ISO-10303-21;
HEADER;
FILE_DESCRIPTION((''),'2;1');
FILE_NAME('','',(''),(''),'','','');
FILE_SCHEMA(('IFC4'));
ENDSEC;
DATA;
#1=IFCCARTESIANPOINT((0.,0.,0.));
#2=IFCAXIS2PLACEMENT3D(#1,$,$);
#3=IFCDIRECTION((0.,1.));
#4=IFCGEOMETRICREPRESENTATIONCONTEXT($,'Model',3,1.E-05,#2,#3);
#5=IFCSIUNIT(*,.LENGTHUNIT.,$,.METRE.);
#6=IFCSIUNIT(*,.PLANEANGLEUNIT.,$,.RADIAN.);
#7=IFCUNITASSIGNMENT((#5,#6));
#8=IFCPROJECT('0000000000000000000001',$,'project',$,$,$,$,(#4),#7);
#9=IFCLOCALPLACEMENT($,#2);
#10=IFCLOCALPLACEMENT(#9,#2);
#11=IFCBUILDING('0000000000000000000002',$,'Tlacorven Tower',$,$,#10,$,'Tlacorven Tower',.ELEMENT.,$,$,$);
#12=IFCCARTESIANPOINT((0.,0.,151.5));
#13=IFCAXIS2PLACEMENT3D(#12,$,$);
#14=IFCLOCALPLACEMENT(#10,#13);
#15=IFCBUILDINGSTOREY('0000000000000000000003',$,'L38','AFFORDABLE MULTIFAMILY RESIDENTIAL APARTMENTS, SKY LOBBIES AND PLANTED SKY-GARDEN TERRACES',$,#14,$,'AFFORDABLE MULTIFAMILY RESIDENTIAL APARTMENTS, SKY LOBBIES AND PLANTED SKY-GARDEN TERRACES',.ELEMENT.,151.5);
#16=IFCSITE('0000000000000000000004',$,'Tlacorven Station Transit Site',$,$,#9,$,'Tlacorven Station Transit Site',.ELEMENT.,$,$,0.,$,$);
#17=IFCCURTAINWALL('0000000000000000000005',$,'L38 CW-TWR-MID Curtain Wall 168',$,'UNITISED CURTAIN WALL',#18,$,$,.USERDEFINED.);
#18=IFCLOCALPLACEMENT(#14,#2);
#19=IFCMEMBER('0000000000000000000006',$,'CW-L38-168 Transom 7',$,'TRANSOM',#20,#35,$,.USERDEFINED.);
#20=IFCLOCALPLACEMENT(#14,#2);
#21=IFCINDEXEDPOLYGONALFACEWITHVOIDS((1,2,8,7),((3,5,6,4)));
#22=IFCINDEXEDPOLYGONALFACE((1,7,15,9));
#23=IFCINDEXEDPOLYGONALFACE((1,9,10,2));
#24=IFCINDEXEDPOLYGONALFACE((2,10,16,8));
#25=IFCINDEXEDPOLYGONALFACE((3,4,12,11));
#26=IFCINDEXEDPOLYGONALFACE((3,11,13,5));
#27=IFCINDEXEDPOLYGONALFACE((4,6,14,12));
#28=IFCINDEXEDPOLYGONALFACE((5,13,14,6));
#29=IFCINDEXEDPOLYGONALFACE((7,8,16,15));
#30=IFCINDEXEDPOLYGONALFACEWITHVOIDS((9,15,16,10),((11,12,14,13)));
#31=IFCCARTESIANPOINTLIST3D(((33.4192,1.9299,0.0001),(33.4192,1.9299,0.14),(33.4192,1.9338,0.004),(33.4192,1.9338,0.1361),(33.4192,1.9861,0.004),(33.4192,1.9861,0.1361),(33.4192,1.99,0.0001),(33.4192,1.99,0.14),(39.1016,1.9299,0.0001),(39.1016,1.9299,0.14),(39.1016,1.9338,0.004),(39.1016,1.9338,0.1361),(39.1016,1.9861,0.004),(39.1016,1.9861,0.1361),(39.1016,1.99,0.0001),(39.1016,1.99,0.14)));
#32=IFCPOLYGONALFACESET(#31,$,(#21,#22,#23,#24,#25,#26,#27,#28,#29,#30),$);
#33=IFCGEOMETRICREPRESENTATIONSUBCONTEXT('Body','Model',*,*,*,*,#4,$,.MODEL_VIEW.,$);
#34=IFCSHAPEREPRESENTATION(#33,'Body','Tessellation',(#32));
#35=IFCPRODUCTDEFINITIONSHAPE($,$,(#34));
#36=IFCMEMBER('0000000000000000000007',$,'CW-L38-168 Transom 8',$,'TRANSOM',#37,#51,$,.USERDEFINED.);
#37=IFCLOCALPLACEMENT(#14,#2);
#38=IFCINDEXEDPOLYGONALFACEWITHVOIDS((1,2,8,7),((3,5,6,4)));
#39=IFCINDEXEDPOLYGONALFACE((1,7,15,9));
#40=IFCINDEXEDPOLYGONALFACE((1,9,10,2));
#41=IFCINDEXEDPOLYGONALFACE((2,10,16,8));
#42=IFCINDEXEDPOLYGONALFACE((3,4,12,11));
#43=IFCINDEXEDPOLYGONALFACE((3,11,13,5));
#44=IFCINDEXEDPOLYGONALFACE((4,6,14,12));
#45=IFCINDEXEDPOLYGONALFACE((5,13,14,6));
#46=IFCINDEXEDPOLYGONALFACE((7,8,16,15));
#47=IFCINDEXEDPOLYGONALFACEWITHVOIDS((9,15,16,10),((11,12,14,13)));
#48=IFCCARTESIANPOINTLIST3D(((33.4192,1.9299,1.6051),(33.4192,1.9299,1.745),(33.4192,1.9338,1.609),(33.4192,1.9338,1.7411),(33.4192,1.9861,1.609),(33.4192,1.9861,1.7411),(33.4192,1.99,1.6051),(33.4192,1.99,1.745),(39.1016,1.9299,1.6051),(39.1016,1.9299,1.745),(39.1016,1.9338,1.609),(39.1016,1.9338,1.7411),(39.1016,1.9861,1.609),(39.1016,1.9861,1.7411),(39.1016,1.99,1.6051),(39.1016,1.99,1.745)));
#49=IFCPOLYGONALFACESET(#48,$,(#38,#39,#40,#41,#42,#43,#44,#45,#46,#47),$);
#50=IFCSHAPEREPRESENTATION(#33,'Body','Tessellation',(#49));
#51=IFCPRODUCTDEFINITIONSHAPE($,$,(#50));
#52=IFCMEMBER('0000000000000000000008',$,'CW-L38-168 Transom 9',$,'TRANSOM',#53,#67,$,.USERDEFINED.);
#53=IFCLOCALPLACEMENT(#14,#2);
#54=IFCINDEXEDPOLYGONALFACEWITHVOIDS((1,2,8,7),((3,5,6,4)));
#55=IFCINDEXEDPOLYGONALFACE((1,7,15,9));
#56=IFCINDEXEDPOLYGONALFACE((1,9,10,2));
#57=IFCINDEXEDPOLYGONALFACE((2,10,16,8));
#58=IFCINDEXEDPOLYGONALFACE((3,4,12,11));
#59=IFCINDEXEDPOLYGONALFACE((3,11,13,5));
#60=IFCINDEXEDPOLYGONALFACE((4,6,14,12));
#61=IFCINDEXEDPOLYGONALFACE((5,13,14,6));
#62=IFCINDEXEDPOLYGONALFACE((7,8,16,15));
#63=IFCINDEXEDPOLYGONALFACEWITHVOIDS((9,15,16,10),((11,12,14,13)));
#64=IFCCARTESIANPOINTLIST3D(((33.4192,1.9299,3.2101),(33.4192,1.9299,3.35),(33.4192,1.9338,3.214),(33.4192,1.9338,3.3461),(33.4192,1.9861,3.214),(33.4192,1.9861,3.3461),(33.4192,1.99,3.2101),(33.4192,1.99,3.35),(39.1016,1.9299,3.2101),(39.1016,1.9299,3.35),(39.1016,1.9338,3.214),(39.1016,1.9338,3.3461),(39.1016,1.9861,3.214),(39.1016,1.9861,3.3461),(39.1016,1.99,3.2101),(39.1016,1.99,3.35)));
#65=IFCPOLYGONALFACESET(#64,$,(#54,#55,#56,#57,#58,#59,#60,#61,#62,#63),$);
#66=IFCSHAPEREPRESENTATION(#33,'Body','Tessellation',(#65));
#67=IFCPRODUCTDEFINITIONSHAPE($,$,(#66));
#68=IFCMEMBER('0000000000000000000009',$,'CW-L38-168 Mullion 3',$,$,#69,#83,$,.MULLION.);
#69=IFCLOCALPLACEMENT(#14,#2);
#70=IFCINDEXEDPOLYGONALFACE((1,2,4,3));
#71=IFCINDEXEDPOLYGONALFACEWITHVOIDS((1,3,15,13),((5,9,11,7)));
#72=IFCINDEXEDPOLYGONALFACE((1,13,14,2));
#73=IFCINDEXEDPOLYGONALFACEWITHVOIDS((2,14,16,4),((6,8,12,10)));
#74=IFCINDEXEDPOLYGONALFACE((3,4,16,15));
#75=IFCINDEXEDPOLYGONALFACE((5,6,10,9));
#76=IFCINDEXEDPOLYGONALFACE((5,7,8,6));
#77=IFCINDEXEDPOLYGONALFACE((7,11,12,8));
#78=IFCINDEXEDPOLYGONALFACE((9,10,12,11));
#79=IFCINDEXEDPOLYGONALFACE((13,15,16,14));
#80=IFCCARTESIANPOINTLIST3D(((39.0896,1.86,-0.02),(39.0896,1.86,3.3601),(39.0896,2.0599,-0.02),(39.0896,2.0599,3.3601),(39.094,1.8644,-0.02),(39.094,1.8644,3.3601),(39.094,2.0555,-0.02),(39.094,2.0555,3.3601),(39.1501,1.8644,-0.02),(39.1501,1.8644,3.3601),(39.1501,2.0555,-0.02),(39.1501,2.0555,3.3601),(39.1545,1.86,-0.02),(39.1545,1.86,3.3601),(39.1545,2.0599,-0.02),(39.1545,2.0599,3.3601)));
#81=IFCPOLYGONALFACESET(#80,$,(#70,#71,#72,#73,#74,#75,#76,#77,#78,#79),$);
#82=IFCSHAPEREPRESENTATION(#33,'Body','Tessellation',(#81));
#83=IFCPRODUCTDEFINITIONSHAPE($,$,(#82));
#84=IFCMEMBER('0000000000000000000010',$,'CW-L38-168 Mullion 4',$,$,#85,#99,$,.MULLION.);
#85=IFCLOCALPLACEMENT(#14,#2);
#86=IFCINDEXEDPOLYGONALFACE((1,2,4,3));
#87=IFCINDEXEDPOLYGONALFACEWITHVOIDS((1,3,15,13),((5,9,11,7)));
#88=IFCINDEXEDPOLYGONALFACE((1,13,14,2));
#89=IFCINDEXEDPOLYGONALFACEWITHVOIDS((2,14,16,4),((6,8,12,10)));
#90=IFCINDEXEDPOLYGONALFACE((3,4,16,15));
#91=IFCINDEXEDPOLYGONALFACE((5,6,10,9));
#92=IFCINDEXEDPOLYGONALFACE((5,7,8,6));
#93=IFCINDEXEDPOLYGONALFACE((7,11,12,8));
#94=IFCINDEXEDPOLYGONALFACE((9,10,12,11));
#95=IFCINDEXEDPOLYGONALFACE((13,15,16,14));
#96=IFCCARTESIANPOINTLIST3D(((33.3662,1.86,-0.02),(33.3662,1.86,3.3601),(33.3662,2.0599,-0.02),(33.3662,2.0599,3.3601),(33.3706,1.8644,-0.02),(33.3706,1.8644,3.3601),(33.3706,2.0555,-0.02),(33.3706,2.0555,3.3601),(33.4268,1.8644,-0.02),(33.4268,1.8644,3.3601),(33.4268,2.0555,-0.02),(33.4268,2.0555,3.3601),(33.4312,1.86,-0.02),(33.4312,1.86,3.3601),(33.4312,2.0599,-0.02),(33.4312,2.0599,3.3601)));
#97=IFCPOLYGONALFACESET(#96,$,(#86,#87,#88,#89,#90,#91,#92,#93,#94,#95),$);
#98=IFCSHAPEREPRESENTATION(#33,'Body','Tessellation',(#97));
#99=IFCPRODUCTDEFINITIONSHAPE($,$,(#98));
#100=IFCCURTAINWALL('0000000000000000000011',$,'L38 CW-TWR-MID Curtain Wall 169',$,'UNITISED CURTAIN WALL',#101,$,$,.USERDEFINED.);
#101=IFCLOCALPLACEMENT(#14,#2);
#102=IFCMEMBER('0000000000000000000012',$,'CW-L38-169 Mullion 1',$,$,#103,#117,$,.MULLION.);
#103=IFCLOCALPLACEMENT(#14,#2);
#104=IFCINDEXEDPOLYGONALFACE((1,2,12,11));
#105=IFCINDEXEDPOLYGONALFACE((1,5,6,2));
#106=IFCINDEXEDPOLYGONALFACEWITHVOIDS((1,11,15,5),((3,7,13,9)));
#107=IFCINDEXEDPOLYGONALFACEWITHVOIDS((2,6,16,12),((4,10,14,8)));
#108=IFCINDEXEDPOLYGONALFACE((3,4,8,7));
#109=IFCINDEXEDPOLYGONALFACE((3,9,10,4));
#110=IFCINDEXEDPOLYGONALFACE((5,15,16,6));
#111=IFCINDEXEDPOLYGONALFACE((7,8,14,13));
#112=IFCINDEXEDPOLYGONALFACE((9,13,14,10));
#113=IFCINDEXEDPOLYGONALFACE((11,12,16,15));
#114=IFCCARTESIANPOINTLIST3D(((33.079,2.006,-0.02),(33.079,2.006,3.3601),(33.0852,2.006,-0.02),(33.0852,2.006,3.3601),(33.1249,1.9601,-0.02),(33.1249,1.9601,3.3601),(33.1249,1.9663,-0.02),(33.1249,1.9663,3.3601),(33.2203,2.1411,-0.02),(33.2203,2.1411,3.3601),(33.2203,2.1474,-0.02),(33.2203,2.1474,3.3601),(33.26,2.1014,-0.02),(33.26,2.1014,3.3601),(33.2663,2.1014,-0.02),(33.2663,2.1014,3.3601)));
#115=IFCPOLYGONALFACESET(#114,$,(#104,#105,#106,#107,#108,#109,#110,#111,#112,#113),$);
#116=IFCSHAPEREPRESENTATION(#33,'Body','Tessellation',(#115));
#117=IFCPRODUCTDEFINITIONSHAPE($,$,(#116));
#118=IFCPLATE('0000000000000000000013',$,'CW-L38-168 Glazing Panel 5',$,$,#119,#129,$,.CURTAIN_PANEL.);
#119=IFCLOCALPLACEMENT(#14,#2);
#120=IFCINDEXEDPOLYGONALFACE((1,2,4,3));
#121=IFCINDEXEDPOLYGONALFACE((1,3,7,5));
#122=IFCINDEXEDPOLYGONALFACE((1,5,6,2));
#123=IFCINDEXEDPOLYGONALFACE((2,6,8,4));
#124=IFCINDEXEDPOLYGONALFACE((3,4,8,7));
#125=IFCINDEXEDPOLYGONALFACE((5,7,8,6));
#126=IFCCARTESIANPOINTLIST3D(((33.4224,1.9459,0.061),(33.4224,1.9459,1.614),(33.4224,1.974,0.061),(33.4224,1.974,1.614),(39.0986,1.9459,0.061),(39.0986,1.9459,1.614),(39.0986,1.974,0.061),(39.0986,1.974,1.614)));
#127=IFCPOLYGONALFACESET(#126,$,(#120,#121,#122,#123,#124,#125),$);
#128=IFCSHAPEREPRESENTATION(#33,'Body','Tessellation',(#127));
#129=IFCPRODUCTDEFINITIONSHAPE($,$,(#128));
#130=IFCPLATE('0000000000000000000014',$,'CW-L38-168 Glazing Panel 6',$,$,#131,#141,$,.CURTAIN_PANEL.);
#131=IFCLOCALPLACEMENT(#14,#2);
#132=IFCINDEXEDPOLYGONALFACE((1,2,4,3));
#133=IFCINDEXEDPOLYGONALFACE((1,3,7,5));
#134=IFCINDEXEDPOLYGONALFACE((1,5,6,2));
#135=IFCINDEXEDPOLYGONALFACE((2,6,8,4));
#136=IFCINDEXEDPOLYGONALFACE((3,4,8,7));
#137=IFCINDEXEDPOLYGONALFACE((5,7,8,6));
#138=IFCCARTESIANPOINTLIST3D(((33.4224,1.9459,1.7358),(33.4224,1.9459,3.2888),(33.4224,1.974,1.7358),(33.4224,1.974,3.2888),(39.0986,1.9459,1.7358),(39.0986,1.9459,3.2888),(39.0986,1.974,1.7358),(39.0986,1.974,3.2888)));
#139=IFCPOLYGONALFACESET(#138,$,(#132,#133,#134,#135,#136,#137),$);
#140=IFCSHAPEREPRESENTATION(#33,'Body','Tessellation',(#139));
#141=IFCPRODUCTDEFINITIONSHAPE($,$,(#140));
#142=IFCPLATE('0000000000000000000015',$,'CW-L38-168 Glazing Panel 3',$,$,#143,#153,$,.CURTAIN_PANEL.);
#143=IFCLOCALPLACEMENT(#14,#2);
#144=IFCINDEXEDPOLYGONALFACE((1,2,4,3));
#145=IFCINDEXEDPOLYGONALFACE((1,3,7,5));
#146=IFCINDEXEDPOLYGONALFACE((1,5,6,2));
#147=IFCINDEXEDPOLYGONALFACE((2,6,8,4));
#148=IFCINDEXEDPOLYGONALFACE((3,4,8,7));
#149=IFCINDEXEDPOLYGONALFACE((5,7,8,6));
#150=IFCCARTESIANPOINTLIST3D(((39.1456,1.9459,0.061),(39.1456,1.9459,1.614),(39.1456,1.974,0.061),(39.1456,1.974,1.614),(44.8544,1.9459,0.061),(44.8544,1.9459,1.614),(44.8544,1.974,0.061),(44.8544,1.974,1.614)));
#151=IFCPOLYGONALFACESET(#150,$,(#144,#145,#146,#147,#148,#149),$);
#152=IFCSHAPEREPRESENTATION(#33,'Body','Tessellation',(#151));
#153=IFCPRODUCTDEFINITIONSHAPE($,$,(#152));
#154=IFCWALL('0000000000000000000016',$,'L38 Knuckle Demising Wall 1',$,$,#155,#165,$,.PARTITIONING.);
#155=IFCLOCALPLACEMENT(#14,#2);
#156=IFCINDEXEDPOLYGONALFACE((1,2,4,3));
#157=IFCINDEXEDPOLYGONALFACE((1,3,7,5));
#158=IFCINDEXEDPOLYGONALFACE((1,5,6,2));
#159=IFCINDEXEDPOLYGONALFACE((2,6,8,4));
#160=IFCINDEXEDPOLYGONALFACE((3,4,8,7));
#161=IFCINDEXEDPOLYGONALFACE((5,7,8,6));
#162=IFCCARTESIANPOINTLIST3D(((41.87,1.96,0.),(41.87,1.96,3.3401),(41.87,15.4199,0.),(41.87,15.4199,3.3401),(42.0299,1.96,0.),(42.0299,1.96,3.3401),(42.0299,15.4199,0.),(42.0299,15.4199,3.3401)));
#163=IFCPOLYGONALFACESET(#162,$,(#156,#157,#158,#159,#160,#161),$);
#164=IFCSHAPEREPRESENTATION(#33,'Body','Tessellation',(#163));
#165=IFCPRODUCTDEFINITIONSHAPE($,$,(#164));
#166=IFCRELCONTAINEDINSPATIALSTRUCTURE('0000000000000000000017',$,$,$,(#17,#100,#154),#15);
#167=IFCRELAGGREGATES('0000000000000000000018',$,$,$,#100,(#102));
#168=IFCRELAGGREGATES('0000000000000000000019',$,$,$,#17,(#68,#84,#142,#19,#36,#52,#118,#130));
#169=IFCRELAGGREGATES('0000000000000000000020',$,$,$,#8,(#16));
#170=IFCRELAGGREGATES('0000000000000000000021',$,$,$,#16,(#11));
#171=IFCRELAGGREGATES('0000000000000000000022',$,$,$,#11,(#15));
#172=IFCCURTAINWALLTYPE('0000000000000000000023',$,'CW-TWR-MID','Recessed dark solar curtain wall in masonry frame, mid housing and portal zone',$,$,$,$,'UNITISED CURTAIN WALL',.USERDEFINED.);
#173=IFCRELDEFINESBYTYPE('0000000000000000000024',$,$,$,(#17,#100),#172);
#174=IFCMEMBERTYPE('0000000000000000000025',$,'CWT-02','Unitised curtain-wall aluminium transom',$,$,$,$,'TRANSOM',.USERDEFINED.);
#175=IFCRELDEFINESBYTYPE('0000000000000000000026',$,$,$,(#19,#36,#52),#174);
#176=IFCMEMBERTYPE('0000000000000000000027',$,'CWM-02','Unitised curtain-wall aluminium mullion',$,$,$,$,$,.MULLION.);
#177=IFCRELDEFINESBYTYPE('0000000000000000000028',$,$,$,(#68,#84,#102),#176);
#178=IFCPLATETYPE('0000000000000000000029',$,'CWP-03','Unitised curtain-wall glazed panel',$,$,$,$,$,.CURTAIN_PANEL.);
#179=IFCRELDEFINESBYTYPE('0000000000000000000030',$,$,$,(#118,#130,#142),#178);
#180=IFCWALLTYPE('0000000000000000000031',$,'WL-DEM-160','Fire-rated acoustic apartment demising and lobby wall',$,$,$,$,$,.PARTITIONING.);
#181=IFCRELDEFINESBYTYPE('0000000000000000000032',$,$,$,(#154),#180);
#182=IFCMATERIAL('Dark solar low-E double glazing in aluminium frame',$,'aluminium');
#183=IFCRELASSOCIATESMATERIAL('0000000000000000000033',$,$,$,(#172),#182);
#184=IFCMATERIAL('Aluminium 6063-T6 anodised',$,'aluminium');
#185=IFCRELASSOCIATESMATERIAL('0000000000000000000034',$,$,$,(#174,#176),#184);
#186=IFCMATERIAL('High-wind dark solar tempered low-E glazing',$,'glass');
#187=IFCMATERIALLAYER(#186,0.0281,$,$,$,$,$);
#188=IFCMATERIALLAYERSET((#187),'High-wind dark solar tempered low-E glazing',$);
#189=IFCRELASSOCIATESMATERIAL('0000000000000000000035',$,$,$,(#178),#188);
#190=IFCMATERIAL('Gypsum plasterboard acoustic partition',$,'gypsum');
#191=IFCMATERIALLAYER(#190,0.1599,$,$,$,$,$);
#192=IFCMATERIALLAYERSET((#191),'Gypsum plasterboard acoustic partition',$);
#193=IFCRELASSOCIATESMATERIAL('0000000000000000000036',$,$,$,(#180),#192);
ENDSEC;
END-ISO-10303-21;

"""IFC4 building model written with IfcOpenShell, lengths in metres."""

from ifc_helpers import new_model, si_unit, direction, frame, frame_2d, origin, origin_2d, place, context, subcontext, project, spatial, rectangle, hollow_rectangle, extrude, source, transform, mapped, material, layer, layer_set, material_profile, profile_set, type_object, element, aggregate, save


model = new_model("IFC4")

# Units and contexts
model_context = context("Model", 3, precision=1e-05, world=origin(), true_north=direction((0.0, 1.0)))
body_context = subcontext(model_context, "Body", "Model", "MODEL_VIEW")
ifc_project = project(units=[si_unit("LENGTHUNIT", "METRE"), si_unit("PLANEANGLEUNIT", "RADIAN")], contexts=[model_context])

# Site, building, storey
site_placement = place(None, origin())
site = spatial("IfcSite", under=ifc_project, at=site_placement, Name="Tlacorven Station Transit Site", LongName="Tlacorven Station Transit Site", CompositionType="ELEMENT", RefElevation=0.0)
building_placement = place(site_placement, origin())
building = spatial("IfcBuilding", under=site, at=building_placement, Name="Tlacorven Tower", LongName="Tlacorven Tower", CompositionType="ELEMENT")
storey_placement = place(building_placement, frame((0.0, 0.0, 151.5)))
storey = spatial("IfcBuildingStorey", under=building, at=storey_placement, Name="L38", Description="AFFORDABLE MULTIFAMILY RESIDENTIAL APARTMENTS, SKY LOBBIES AND PLANTED SKY-GARDEN TERRACES", LongName="AFFORDABLE MULTIFAMILY RESIDENTIAL APARTMENTS, SKY LOBBIES AND PLANTED SKY-GARDEN TERRACES", CompositionType="ELEMENT", Elevation=151.5)

# Curtain wall, members
ifc_material_1 = material(Name="Dark solar low-E double glazing in aluminium frame", Category="aluminium")
curtain_wall_type = type_object("IfcCurtainWallType", Name="CW-TWR-MID", Description="Recessed dark solar curtain wall in masonry frame, mid housing and portal zone", ElementType="UNITISED CURTAIN WALL", PredefinedType="USERDEFINED", material=ifc_material_1)
curtain_wall_1_placement = place(storey_placement, origin())
curtain_wall_1 = element("IfcCurtainWall", 1, at=curtain_wall_1_placement, inside=storey, type_object=curtain_wall_type, Name="L38 CW-TWR-MID Curtain Wall 168", ObjectType="UNITISED CURTAIN WALL", PredefinedType="USERDEFINED")
ifc_material_2 = material(Name="Aluminium 6063-T6 anodised", Category="aluminium")
ifc_material_profile_1 = material_profile(ifc_material_2, hollow_rectangle(XDim=0.0601, YDim=0.1399, WallThickness=0.0039, at=origin_2d()), Name="ALU TRANSOM 60X140")
ifc_profile_set_1 = profile_set([ifc_material_profile_1], Name="Aluminium 6063-T6 anodised")
member_type_1 = type_object("IfcMemberType", Name="CWT-02", Description="Unitised curtain-wall aluminium transom", ElementType="TRANSOM", PredefinedType="USERDEFINED", material=ifc_profile_set_1)
shared_shape_1 = source(origin(), body_context, "Body", "SweptSolid", [
    extrude(hollow_rectangle(XDim=0.0601, YDim=0.1399, WallThickness=0.0039, at=origin_2d()), origin(), (0.0, 0.0, 1.0), 5.6824),
])
member_1_placement = place(storey_placement, frame((39.1016, 1.96, 0.0701), z_axis=(-1.0, 0.0, 0.0), x_axis=(0.0, -1.0, 0.0)))
member_1 = element("IfcMember", 2, at=member_1_placement, type_object=member_type_1, Name="CW-L38-168 Transom 7", ObjectType="TRANSOM", PredefinedType="USERDEFINED", context=body_context, shape_type="MappedRepresentation", body=[
    mapped(shared_shape_1, transform((0.0, 0.0, 0.0), scale=1.0)),
])
member_2_placement = place(storey_placement, frame((39.1016, 1.96, 1.675), z_axis=(-1.0, 0.0, 0.0), x_axis=(0.0, -1.0, 0.0)))
member_2 = element("IfcMember", 3, at=member_2_placement, type_object=member_type_1, Name="CW-L38-168 Transom 8", ObjectType="TRANSOM", PredefinedType="USERDEFINED", context=body_context, shape_type="MappedRepresentation", body=[
    mapped(shared_shape_1, transform((0.0, 0.0, 0.0), scale=1.0)),
])
member_3_placement = place(storey_placement, frame((39.1016, 1.96, 3.28), z_axis=(-1.0, 0.0, 0.0), x_axis=(0.0, -1.0, 0.0)))
member_3 = element("IfcMember", 4, at=member_3_placement, type_object=member_type_1, Name="CW-L38-168 Transom 9", ObjectType="TRANSOM", PredefinedType="USERDEFINED", context=body_context, shape_type="MappedRepresentation", body=[
    mapped(shared_shape_1, transform((0.0, 0.0, 0.0), scale=1.0)),
])
ifc_material_profile_2 = material_profile(ifc_material_2, hollow_rectangle(XDim=0.0649, YDim=0.2, WallThickness=0.0044, at=origin_2d()), Name="ALU MULLION 65X200")
ifc_profile_set_2 = profile_set([ifc_material_profile_2], Name="Aluminium 6063-T6 anodised")
member_type_2 = type_object("IfcMemberType", Name="CWM-02", Description="Unitised curtain-wall aluminium mullion", PredefinedType="MULLION", material=ifc_profile_set_2)
shared_shape_2 = source(origin(), body_context, "Body", "SweptSolid", [
    extrude(hollow_rectangle(XDim=0.0649, YDim=0.2, WallThickness=0.0044, at=origin_2d()), origin(), (0.0, 0.0, 1.0), 3.3801),
])
member_4_placement = place(storey_placement, frame((39.1221, 1.96, -0.02), z_axis=(0.0, 0.0, 1.0), x_axis=(-1.0, 0.0, 0.0)))
member_4 = element("IfcMember", 5, at=member_4_placement, type_object=member_type_2, Name="CW-L38-168 Mullion 3", PredefinedType="MULLION", context=body_context, shape_type="MappedRepresentation", body=[
    mapped(shared_shape_2, transform((0.0, 0.0, 0.0), scale=1.0)),
])
member_5_placement = place(storey_placement, frame((33.3987, 1.96, -0.02), z_axis=(0.0, 0.0, 1.0), x_axis=(-1.0, 0.0, 0.0)))
member_5 = element("IfcMember", 6, at=member_5_placement, type_object=member_type_2, Name="CW-L38-168 Mullion 4", PredefinedType="MULLION", context=body_context, shape_type="MappedRepresentation", body=[
    mapped(shared_shape_2, transform((0.0, 0.0, 0.0), scale=1.0)),
])

# Curtain wall, member
curtain_wall_2_placement = place(storey_placement, origin())
curtain_wall_2 = element("IfcCurtainWall", 7, at=curtain_wall_2_placement, inside=storey, type_object=curtain_wall_type, Name="L38 CW-TWR-MID Curtain Wall 169", ObjectType="UNITISED CURTAIN WALL", PredefinedType="USERDEFINED")
member_6_placement = place(storey_placement, frame((33.1726, 2.0537, -0.02), z_axis=(0.0, 0.0, 1.0), x_axis=(-0.707107, 0.707107, 0.0)))
member_6 = element("IfcMember", 8, at=member_6_placement, type_object=member_type_2, Name="CW-L38-169 Mullion 1", PredefinedType="MULLION", context=body_context, shape_type="MappedRepresentation", body=[
    mapped(shared_shape_2, transform((0.0, 0.0, 0.0), scale=1.0)),
])
aggregate(curtain_wall_2, [member_6])

# Plates
ifc_material_3 = material(Name="High-wind dark solar tempered low-E glazing", Category="glass")
ifc_layer_1 = layer(ifc_material_3, 0.0281)
ifc_layer_set_1 = layer_set([ifc_layer_1], Name="High-wind dark solar tempered low-E glazing")
plate_type = type_object("IfcPlateType", Name="CWP-03", Description="Unitised curtain-wall glazed panel", PredefinedType="CURTAIN_PANEL", material=ifc_layer_set_1)
shared_shape_3 = source(origin(), body_context, "Body", "SweptSolid", [
    extrude(rectangle(XDim=5.6763, YDim=0.0281, at=origin_2d()), origin(), (0.0, 0.0, 1.0), 1.553),
])
plate_1_placement = place(storey_placement, frame((36.2605, 1.96, 0.061), z_axis=(0.0, 0.0, 1.0), x_axis=(-1.0, 0.0, 0.0)))
plate_1 = element("IfcPlate", 9, at=plate_1_placement, type_object=plate_type, Name="CW-L38-168 Glazing Panel 5", PredefinedType="CURTAIN_PANEL", context=body_context, shape_type="MappedRepresentation", body=[
    mapped(shared_shape_3, transform((0.0, 0.0, 0.0), scale=1.0)),
])
plate_2_placement = place(storey_placement, frame((36.2605, 1.96, 1.7358), z_axis=(0.0, 0.0, 1.0), x_axis=(-1.0, 0.0, 0.0)))
plate_2 = element("IfcPlate", 10, at=plate_2_placement, type_object=plate_type, Name="CW-L38-168 Glazing Panel 6", PredefinedType="CURTAIN_PANEL", context=body_context, shape_type="MappedRepresentation", body=[
    mapped(shared_shape_3, transform((0.0, 0.0, 0.0), scale=1.0)),
])
shared_shape_4 = source(origin(), body_context, "Body", "SweptSolid", [
    extrude(rectangle(XDim=5.7087, YDim=0.0281, at=origin_2d()), origin(), (0.0, 0.0, 1.0), 1.553),
])
plate_3_placement = place(storey_placement, frame((42.0, 1.96, 0.061), z_axis=(0.0, 0.0, 1.0), x_axis=(-1.0, 0.0, 0.0)))
plate_3 = element("IfcPlate", 11, at=plate_3_placement, type_object=plate_type, Name="CW-L38-168 Glazing Panel 3", PredefinedType="CURTAIN_PANEL", context=body_context, shape_type="MappedRepresentation", body=[
    mapped(shared_shape_4, transform((0.0, 0.0, 0.0), scale=1.0)),
])
aggregate(curtain_wall_1, [member_4, member_5, plate_3, member_1, member_2, member_3, plate_1, plate_2])

# Wall
ifc_material_4 = material(Name="Gypsum plasterboard acoustic partition", Category="gypsum")
ifc_layer_2 = layer(ifc_material_4, 0.1599)
ifc_layer_set_2 = layer_set([ifc_layer_2], Name="Gypsum plasterboard acoustic partition")
wall_type_1 = type_object("IfcWallType", Name="WL-DEM-160", Description="Fire-rated acoustic apartment demising and lobby wall", PredefinedType="PARTITIONING", material=ifc_layer_set_2)
wall_1_placement = place(storey_placement, frame((41.95, 1.96, 0.0), z_axis=(0.0, 0.0, 1.0), x_axis=(0.0, 1.0, 0.0)))
element("IfcWall", 12, at=wall_1_placement, inside=storey, type_object=wall_type_1, Name="L38 Knuckle Demising Wall 1", PredefinedType="PARTITIONING", context=body_context, shape_type="SweptSolid", body=[
    extrude(rectangle(XDim=13.46, YDim=0.1599, at=frame_2d((6.73, 0.0))), origin(), (0.0, 0.0, 1.0), 3.3401),
])

save(model, "model.ifc")
